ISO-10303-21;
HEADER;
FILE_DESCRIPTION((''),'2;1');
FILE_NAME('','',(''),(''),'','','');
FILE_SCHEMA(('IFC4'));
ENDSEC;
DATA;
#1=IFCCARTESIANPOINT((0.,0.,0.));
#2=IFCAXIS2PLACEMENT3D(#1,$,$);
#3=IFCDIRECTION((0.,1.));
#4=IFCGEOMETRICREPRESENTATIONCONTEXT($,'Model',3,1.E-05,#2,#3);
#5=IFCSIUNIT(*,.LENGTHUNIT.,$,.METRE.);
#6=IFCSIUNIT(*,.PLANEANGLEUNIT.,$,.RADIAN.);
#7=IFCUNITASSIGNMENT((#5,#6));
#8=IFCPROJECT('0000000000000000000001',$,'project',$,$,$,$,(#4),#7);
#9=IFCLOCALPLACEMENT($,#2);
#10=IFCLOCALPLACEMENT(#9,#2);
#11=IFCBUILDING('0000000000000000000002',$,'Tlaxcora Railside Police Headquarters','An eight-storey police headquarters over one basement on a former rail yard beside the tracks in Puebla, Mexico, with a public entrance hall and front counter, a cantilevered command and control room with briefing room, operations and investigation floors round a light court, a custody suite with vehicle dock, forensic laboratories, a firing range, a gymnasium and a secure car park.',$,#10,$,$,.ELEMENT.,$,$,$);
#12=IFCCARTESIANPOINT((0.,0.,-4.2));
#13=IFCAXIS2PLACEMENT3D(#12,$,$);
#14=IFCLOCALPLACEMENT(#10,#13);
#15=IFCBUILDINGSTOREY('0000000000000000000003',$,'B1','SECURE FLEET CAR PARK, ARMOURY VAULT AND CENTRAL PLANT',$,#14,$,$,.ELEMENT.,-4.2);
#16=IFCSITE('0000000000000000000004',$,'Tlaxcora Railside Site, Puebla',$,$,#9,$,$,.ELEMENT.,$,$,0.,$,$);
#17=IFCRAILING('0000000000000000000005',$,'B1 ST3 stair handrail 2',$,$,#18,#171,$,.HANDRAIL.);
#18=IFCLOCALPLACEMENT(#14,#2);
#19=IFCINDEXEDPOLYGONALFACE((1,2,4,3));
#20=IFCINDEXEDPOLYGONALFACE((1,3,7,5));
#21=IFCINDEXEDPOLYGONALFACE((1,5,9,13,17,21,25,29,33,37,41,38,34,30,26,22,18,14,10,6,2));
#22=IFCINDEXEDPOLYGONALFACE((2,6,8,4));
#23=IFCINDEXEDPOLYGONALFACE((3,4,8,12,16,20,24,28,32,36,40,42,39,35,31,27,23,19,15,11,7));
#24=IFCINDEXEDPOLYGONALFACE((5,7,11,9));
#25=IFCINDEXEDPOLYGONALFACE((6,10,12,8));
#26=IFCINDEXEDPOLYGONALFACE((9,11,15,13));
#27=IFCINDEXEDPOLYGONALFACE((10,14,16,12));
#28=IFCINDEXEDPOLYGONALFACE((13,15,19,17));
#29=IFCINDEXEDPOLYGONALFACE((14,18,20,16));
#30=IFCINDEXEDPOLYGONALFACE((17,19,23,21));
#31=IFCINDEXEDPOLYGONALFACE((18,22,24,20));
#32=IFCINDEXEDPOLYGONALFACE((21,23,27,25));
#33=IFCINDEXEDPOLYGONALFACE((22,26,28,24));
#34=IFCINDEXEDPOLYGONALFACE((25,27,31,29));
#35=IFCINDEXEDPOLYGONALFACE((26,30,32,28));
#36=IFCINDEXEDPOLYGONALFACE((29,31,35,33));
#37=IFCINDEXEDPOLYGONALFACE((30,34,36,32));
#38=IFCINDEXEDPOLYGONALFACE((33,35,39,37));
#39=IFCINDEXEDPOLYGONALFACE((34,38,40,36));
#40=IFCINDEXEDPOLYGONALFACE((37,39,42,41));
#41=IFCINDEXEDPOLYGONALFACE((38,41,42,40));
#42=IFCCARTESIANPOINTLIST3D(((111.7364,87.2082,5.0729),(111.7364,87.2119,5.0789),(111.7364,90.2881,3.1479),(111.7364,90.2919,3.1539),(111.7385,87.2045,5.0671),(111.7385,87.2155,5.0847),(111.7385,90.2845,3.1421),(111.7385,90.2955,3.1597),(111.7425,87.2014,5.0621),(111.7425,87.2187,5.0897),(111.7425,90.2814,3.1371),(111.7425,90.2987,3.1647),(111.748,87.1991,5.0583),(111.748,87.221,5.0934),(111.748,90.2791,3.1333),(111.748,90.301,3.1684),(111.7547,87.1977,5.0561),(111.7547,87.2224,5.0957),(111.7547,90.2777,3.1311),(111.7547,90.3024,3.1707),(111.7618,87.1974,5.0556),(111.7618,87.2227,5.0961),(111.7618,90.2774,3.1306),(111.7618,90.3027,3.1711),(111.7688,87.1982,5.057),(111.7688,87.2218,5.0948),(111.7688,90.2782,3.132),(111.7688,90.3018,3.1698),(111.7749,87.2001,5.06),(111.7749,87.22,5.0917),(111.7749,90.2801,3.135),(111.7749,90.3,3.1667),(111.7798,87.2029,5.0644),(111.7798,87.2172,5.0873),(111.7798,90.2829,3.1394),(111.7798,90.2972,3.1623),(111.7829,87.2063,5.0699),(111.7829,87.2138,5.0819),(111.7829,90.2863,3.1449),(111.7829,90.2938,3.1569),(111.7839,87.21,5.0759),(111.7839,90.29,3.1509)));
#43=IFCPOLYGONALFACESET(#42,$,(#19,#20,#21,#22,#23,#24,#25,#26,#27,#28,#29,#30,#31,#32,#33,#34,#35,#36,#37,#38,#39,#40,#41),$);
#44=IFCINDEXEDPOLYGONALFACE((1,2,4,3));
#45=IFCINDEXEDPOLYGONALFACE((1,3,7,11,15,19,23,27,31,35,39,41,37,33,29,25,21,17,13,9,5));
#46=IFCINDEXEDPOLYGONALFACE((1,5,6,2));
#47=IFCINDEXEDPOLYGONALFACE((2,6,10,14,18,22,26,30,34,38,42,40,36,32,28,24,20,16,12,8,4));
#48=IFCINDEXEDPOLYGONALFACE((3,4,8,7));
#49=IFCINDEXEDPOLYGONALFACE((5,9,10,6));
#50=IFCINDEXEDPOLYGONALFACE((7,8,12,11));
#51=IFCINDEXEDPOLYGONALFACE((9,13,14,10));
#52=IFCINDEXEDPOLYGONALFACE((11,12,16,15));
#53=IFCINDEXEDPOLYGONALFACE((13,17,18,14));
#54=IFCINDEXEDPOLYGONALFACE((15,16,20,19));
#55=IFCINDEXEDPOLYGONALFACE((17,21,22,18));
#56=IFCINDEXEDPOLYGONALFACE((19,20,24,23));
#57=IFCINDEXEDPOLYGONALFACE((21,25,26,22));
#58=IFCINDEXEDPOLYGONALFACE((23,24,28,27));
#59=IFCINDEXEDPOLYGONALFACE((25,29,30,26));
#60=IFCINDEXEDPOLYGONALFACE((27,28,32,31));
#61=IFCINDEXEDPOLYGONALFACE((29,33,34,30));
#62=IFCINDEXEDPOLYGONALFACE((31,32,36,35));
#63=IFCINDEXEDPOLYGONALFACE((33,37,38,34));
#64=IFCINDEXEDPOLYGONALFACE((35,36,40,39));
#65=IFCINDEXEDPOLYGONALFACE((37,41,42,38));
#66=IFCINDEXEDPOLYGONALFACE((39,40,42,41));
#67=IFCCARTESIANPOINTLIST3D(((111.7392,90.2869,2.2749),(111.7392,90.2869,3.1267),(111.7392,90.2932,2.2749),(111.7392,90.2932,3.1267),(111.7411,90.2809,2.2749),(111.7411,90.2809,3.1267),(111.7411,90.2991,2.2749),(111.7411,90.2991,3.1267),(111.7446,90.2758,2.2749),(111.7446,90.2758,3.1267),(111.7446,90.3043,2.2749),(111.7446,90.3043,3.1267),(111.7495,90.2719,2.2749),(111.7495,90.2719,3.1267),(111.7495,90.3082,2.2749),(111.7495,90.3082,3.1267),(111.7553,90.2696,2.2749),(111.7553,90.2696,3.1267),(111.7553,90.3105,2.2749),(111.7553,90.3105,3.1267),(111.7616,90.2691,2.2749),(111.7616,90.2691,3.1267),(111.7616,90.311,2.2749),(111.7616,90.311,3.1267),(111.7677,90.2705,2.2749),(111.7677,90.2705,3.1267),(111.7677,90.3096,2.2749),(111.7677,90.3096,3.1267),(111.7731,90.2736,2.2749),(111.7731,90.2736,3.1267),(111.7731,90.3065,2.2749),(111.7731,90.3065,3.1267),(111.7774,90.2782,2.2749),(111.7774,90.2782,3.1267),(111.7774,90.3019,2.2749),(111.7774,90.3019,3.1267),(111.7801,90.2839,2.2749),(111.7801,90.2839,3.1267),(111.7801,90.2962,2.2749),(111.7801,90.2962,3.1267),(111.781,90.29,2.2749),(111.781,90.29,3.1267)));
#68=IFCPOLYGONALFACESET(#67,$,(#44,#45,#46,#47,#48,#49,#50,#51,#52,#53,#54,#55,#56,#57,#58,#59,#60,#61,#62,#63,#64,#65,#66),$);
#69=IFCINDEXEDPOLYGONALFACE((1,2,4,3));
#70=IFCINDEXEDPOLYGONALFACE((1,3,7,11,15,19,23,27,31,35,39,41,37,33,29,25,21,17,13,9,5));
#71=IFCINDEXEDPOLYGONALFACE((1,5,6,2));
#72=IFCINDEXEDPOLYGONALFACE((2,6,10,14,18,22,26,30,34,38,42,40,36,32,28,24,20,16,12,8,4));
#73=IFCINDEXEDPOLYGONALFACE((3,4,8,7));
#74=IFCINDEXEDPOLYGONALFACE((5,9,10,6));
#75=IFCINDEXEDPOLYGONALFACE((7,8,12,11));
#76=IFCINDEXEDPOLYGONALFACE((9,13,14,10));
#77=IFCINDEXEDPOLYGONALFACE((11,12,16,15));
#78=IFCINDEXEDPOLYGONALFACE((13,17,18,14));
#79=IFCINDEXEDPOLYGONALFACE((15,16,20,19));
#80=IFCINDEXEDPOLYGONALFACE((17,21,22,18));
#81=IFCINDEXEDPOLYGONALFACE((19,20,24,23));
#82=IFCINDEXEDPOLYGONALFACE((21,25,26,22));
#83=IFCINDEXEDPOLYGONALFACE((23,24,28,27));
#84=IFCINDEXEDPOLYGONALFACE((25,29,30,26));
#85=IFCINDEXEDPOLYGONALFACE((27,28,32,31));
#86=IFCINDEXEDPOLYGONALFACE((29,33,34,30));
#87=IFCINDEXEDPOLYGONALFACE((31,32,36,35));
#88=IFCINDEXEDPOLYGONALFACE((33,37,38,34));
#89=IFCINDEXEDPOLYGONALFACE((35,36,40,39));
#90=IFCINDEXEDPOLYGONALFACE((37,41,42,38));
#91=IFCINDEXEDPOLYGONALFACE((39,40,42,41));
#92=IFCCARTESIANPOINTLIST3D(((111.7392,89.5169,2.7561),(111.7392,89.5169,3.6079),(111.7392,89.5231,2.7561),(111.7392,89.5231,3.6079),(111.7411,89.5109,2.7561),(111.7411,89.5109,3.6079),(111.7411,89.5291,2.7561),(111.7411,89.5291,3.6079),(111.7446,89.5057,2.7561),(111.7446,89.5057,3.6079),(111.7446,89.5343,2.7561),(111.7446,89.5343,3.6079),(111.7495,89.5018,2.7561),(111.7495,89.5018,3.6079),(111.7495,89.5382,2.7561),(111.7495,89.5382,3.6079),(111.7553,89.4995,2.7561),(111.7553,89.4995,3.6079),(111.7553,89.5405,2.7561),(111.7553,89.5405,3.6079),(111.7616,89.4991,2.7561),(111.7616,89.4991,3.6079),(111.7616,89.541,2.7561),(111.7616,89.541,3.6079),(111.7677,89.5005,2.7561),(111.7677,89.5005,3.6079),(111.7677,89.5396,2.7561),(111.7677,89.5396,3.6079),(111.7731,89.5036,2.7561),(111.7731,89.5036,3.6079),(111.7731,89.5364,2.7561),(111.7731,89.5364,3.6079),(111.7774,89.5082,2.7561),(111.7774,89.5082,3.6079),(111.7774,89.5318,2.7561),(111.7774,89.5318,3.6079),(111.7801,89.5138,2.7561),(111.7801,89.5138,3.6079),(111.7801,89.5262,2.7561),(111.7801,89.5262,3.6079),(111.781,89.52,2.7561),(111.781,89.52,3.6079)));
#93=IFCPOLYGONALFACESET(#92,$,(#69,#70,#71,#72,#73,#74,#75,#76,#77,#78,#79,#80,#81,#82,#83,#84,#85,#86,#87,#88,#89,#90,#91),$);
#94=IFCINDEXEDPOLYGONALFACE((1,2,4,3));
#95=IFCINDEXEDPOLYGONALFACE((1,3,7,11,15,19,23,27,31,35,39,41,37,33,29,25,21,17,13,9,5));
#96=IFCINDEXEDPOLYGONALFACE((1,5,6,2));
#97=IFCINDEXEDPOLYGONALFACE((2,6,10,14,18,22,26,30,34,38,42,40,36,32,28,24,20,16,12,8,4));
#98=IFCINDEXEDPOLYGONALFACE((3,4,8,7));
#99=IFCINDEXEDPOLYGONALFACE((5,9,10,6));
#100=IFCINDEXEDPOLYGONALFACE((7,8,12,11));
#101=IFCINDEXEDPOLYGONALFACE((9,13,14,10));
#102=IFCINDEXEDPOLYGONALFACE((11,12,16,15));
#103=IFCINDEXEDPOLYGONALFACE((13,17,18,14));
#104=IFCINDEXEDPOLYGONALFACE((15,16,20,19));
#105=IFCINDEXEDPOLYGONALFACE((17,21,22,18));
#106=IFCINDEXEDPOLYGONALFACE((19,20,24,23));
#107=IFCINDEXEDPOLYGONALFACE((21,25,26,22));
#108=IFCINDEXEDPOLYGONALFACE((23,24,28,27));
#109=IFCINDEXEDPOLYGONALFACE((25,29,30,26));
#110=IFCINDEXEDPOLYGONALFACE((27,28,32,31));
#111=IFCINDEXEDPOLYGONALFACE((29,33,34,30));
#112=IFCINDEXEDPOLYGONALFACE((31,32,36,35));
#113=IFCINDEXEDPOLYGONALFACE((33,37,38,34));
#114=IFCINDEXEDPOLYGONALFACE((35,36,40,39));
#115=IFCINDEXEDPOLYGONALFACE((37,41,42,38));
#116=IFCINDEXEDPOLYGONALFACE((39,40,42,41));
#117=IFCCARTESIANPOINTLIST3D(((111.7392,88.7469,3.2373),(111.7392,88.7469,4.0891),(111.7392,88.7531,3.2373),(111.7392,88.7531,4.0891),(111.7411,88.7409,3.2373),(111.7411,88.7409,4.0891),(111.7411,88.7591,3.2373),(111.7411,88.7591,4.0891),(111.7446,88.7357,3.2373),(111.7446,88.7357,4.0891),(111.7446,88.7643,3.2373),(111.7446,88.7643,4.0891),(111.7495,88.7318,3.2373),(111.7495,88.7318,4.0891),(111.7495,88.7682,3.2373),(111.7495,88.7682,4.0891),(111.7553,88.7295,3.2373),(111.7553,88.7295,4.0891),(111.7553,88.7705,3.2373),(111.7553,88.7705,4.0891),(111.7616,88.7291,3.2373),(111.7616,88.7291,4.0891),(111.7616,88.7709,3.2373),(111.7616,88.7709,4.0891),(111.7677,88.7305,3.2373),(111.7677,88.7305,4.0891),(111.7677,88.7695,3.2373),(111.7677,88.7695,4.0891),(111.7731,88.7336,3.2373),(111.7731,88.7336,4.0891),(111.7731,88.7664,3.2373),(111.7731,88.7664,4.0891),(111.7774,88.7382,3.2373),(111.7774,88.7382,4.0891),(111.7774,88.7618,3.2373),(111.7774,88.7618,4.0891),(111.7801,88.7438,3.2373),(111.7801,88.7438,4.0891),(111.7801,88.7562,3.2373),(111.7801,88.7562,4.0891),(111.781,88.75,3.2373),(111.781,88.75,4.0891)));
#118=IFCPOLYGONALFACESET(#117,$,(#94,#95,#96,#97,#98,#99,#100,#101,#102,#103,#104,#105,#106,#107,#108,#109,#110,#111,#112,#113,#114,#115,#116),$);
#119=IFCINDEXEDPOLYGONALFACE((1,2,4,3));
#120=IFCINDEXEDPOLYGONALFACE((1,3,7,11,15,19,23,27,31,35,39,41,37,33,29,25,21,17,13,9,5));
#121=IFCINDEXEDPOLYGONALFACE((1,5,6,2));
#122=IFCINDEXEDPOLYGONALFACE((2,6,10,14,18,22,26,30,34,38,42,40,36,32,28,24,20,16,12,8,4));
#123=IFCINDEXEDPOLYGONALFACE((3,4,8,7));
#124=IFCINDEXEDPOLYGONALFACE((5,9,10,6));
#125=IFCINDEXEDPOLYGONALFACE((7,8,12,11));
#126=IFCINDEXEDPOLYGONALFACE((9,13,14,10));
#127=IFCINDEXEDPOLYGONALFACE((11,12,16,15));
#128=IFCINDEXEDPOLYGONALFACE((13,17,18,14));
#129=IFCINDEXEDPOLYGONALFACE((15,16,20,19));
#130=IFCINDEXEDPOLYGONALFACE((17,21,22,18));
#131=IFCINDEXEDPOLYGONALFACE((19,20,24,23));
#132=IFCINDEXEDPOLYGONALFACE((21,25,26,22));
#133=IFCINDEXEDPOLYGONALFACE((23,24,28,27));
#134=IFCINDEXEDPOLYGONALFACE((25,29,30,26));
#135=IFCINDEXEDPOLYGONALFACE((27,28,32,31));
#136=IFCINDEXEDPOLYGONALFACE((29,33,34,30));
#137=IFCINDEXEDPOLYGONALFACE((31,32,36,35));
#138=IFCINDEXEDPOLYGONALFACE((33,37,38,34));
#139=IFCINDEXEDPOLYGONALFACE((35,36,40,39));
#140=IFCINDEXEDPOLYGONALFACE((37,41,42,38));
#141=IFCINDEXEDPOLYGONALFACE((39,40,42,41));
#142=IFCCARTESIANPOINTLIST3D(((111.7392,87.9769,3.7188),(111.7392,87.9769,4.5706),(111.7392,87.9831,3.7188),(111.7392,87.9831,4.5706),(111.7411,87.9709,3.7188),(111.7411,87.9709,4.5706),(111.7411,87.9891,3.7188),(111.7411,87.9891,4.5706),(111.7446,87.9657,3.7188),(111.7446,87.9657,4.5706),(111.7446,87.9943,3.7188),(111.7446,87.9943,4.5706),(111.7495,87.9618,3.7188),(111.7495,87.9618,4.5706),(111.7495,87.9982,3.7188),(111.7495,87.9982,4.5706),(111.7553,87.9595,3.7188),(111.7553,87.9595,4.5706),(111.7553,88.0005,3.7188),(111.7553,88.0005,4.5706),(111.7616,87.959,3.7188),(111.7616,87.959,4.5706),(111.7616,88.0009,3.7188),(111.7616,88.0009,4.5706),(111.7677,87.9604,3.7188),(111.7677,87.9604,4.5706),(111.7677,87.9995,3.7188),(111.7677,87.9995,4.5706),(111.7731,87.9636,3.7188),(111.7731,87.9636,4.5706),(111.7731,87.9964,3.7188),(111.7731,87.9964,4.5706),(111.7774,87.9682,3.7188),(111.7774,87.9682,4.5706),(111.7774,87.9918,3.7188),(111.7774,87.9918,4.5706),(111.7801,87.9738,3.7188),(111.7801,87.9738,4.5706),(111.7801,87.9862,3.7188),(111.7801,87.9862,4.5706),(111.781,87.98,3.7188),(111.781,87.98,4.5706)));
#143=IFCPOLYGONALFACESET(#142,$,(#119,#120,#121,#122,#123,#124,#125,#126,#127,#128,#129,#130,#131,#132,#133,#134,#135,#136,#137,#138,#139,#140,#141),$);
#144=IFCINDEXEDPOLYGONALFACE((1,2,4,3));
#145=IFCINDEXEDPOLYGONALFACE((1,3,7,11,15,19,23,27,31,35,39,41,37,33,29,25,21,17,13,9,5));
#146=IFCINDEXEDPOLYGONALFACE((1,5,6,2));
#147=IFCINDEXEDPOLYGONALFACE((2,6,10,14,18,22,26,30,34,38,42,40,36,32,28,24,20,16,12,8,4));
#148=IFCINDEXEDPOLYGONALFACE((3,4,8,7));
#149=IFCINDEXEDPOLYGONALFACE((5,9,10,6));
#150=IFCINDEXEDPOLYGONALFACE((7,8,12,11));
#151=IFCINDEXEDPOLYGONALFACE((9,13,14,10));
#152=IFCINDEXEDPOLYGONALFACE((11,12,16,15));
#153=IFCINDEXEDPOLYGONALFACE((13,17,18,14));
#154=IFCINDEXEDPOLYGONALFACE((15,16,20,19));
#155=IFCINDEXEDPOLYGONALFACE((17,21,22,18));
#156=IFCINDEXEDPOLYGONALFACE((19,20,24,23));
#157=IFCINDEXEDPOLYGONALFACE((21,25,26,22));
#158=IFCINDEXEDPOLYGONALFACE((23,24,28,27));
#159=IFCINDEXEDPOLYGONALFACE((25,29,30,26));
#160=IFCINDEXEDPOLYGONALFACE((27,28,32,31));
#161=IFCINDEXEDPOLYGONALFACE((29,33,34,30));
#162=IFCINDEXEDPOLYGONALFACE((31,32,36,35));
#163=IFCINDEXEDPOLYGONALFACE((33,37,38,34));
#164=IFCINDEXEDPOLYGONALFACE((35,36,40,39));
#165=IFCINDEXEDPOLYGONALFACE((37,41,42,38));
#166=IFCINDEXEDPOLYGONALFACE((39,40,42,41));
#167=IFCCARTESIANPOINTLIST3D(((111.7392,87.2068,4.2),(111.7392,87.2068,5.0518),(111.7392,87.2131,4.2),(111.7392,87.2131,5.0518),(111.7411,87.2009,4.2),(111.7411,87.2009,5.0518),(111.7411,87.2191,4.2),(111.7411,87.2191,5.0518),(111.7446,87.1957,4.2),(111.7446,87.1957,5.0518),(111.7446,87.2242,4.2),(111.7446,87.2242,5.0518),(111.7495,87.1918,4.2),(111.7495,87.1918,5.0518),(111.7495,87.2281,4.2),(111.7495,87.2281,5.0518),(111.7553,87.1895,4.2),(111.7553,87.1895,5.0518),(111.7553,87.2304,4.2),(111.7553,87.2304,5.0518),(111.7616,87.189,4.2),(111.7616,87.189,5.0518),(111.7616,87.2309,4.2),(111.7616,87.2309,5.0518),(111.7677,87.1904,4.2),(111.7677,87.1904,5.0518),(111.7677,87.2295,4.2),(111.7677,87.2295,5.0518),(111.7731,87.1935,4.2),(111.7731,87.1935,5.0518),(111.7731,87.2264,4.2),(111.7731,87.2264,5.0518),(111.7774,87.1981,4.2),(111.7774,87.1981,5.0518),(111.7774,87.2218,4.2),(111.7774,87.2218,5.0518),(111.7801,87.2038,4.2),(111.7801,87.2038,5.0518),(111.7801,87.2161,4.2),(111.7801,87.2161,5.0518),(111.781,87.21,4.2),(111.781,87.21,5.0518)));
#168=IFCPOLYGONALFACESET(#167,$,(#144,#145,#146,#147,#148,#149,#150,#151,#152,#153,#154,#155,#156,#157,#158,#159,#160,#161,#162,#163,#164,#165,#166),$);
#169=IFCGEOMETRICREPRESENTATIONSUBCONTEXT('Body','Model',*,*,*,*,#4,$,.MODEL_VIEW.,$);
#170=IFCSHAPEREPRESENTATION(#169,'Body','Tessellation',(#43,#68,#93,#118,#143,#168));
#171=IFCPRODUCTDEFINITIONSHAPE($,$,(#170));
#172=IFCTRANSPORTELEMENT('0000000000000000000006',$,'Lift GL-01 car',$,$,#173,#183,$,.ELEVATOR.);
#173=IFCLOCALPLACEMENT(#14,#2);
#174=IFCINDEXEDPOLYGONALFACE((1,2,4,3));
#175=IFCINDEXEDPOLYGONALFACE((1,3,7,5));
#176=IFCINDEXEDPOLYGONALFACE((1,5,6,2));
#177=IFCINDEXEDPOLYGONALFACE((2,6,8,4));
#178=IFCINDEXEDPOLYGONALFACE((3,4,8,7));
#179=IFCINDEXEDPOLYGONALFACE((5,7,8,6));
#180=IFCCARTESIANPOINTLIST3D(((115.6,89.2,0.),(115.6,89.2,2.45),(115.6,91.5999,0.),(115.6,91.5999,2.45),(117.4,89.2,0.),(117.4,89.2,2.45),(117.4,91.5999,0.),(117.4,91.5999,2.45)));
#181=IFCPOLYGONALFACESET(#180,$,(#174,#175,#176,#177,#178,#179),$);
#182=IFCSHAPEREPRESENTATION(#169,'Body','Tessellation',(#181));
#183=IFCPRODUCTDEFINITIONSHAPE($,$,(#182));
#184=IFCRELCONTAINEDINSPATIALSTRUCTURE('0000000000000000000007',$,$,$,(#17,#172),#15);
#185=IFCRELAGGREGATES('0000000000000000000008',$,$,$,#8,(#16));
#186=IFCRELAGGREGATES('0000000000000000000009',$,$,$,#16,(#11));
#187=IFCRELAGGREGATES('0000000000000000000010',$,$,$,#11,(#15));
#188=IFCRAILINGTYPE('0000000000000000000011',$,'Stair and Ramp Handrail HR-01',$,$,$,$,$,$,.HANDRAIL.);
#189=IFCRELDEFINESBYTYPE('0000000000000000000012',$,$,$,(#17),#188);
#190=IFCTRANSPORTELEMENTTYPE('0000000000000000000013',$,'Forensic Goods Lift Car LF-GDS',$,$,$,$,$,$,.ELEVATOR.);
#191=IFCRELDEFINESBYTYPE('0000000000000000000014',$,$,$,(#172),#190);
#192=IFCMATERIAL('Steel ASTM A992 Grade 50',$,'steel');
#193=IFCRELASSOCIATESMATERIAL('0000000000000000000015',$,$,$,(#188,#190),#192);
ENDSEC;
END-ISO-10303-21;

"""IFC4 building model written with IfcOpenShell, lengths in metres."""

from ifc_helpers import new_model, si_unit, direction, frame, origin, origin_2d, place, context, subcontext, project, spatial, rectangle, circle, extrude, material, type_object, element, save


model = new_model("IFC4")

# Units and contexts
model_context = context("Model", 3, precision=1e-05, world=origin(), true_north=direction((0.0, 1.0)))
body_context = subcontext(model_context, "Body", "Model", "MODEL_VIEW")
ifc_project = project(units=[si_unit("LENGTHUNIT", "METRE"), si_unit("PLANEANGLEUNIT", "RADIAN")], contexts=[model_context])

# Site, building, storey
site_placement = place(None, origin())
site = spatial("IfcSite", under=ifc_project, at=site_placement, Name="Tlaxcora Railside Site, Puebla", CompositionType="ELEMENT", RefElevation=0.0)
building_placement = place(site_placement, origin())
building = spatial("IfcBuilding", under=site, at=building_placement, Name="Tlaxcora Railside Police Headquarters", Description="An eight-storey police headquarters over one basement on a former rail yard beside the tracks in Puebla, Mexico, with a public entrance hall and front counter, a cantilevered command and control room with briefing room, operations and investigation floors round a light court, a custody suite with vehicle dock, forensic laboratories, a firing range, a gymnasium and a secure car park.", CompositionType="ELEMENT")
storey_placement = place(building_placement, frame((0.0, 0.0, -4.2)))
storey = spatial("IfcBuildingStorey", under=building, at=storey_placement, Name="B1", Description="SECURE FLEET CAR PARK, ARMOURY VAULT AND CENTRAL PLANT", CompositionType="ELEMENT", Elevation=-4.2)

# Shared definitions
ifc_material_1 = material(Name="Steel ASTM A992 Grade 50", Category="steel")

# Railing
railing_type_1 = type_object("IfcRailingType", Name="Stair and Ramp Handrail HR-01", PredefinedType="HANDRAIL", material=ifc_material_1)
railing_1_placement = place(storey_placement, frame((111.76, 90.29, 2.2749)))
element("IfcRailing", 1, at=railing_1_placement, inside=storey, type_object=railing_type_1, Name="B1 ST3 stair handrail 2", PredefinedType="HANDRAIL", context=body_context, shape_type="SweptSolid", body=[
    extrude(circle(Radius=0.0239, at=origin_2d()), frame((0.0, 0.0, 0.876), z_axis=(0.0, -0.847998, 0.529999), x_axis=(1.0, 0.0, 0.0)), (0.0, 0.0, 1.0), 3.6321),
    extrude(circle(Radius=0.021, at=origin_2d()), origin(), (0.0, 0.0, 1.0), 0.8518),
    extrude(circle(Radius=0.021, at=origin_2d()), frame((0.0, -0.77, 0.4812)), (0.0, 0.0, 1.0), 0.8518),
    extrude(circle(Radius=0.021, at=origin_2d()), frame((0.0, -1.54, 0.9624)), (0.0, 0.0, 1.0), 0.8518),
    extrude(circle(Radius=0.021, at=origin_2d()), frame((0.0, -2.3101, 1.4438)), (0.0, 0.0, 1.0), 0.8518),
    extrude(circle(Radius=0.021, at=origin_2d()), frame((0.0, -3.0801, 1.925)), (0.0, 0.0, 1.0), 0.8518),
])

# Transport element
transport_element_type = type_object("IfcTransportElementType", Name="Forensic Goods Lift Car LF-GDS", PredefinedType="ELEVATOR", material=ifc_material_1)
transport_element_placement = place(storey_placement, frame((116.5, 90.3999, 0.0), z_axis=(0.0, 0.0, 1.0), x_axis=(1.0, 0.0, 0.0)))
element("IfcTransportElement", 2, at=transport_element_placement, inside=storey, type_object=transport_element_type, Name="Lift GL-01 car", PredefinedType="ELEVATOR", context=body_context, shape_type="SweptSolid", body=[
    extrude(rectangle(XDim=1.8, YDim=2.3999, at=origin_2d()), origin(), (0.0, 0.0, 1.0), 2.45),
])

save(model, "model.ifc")
